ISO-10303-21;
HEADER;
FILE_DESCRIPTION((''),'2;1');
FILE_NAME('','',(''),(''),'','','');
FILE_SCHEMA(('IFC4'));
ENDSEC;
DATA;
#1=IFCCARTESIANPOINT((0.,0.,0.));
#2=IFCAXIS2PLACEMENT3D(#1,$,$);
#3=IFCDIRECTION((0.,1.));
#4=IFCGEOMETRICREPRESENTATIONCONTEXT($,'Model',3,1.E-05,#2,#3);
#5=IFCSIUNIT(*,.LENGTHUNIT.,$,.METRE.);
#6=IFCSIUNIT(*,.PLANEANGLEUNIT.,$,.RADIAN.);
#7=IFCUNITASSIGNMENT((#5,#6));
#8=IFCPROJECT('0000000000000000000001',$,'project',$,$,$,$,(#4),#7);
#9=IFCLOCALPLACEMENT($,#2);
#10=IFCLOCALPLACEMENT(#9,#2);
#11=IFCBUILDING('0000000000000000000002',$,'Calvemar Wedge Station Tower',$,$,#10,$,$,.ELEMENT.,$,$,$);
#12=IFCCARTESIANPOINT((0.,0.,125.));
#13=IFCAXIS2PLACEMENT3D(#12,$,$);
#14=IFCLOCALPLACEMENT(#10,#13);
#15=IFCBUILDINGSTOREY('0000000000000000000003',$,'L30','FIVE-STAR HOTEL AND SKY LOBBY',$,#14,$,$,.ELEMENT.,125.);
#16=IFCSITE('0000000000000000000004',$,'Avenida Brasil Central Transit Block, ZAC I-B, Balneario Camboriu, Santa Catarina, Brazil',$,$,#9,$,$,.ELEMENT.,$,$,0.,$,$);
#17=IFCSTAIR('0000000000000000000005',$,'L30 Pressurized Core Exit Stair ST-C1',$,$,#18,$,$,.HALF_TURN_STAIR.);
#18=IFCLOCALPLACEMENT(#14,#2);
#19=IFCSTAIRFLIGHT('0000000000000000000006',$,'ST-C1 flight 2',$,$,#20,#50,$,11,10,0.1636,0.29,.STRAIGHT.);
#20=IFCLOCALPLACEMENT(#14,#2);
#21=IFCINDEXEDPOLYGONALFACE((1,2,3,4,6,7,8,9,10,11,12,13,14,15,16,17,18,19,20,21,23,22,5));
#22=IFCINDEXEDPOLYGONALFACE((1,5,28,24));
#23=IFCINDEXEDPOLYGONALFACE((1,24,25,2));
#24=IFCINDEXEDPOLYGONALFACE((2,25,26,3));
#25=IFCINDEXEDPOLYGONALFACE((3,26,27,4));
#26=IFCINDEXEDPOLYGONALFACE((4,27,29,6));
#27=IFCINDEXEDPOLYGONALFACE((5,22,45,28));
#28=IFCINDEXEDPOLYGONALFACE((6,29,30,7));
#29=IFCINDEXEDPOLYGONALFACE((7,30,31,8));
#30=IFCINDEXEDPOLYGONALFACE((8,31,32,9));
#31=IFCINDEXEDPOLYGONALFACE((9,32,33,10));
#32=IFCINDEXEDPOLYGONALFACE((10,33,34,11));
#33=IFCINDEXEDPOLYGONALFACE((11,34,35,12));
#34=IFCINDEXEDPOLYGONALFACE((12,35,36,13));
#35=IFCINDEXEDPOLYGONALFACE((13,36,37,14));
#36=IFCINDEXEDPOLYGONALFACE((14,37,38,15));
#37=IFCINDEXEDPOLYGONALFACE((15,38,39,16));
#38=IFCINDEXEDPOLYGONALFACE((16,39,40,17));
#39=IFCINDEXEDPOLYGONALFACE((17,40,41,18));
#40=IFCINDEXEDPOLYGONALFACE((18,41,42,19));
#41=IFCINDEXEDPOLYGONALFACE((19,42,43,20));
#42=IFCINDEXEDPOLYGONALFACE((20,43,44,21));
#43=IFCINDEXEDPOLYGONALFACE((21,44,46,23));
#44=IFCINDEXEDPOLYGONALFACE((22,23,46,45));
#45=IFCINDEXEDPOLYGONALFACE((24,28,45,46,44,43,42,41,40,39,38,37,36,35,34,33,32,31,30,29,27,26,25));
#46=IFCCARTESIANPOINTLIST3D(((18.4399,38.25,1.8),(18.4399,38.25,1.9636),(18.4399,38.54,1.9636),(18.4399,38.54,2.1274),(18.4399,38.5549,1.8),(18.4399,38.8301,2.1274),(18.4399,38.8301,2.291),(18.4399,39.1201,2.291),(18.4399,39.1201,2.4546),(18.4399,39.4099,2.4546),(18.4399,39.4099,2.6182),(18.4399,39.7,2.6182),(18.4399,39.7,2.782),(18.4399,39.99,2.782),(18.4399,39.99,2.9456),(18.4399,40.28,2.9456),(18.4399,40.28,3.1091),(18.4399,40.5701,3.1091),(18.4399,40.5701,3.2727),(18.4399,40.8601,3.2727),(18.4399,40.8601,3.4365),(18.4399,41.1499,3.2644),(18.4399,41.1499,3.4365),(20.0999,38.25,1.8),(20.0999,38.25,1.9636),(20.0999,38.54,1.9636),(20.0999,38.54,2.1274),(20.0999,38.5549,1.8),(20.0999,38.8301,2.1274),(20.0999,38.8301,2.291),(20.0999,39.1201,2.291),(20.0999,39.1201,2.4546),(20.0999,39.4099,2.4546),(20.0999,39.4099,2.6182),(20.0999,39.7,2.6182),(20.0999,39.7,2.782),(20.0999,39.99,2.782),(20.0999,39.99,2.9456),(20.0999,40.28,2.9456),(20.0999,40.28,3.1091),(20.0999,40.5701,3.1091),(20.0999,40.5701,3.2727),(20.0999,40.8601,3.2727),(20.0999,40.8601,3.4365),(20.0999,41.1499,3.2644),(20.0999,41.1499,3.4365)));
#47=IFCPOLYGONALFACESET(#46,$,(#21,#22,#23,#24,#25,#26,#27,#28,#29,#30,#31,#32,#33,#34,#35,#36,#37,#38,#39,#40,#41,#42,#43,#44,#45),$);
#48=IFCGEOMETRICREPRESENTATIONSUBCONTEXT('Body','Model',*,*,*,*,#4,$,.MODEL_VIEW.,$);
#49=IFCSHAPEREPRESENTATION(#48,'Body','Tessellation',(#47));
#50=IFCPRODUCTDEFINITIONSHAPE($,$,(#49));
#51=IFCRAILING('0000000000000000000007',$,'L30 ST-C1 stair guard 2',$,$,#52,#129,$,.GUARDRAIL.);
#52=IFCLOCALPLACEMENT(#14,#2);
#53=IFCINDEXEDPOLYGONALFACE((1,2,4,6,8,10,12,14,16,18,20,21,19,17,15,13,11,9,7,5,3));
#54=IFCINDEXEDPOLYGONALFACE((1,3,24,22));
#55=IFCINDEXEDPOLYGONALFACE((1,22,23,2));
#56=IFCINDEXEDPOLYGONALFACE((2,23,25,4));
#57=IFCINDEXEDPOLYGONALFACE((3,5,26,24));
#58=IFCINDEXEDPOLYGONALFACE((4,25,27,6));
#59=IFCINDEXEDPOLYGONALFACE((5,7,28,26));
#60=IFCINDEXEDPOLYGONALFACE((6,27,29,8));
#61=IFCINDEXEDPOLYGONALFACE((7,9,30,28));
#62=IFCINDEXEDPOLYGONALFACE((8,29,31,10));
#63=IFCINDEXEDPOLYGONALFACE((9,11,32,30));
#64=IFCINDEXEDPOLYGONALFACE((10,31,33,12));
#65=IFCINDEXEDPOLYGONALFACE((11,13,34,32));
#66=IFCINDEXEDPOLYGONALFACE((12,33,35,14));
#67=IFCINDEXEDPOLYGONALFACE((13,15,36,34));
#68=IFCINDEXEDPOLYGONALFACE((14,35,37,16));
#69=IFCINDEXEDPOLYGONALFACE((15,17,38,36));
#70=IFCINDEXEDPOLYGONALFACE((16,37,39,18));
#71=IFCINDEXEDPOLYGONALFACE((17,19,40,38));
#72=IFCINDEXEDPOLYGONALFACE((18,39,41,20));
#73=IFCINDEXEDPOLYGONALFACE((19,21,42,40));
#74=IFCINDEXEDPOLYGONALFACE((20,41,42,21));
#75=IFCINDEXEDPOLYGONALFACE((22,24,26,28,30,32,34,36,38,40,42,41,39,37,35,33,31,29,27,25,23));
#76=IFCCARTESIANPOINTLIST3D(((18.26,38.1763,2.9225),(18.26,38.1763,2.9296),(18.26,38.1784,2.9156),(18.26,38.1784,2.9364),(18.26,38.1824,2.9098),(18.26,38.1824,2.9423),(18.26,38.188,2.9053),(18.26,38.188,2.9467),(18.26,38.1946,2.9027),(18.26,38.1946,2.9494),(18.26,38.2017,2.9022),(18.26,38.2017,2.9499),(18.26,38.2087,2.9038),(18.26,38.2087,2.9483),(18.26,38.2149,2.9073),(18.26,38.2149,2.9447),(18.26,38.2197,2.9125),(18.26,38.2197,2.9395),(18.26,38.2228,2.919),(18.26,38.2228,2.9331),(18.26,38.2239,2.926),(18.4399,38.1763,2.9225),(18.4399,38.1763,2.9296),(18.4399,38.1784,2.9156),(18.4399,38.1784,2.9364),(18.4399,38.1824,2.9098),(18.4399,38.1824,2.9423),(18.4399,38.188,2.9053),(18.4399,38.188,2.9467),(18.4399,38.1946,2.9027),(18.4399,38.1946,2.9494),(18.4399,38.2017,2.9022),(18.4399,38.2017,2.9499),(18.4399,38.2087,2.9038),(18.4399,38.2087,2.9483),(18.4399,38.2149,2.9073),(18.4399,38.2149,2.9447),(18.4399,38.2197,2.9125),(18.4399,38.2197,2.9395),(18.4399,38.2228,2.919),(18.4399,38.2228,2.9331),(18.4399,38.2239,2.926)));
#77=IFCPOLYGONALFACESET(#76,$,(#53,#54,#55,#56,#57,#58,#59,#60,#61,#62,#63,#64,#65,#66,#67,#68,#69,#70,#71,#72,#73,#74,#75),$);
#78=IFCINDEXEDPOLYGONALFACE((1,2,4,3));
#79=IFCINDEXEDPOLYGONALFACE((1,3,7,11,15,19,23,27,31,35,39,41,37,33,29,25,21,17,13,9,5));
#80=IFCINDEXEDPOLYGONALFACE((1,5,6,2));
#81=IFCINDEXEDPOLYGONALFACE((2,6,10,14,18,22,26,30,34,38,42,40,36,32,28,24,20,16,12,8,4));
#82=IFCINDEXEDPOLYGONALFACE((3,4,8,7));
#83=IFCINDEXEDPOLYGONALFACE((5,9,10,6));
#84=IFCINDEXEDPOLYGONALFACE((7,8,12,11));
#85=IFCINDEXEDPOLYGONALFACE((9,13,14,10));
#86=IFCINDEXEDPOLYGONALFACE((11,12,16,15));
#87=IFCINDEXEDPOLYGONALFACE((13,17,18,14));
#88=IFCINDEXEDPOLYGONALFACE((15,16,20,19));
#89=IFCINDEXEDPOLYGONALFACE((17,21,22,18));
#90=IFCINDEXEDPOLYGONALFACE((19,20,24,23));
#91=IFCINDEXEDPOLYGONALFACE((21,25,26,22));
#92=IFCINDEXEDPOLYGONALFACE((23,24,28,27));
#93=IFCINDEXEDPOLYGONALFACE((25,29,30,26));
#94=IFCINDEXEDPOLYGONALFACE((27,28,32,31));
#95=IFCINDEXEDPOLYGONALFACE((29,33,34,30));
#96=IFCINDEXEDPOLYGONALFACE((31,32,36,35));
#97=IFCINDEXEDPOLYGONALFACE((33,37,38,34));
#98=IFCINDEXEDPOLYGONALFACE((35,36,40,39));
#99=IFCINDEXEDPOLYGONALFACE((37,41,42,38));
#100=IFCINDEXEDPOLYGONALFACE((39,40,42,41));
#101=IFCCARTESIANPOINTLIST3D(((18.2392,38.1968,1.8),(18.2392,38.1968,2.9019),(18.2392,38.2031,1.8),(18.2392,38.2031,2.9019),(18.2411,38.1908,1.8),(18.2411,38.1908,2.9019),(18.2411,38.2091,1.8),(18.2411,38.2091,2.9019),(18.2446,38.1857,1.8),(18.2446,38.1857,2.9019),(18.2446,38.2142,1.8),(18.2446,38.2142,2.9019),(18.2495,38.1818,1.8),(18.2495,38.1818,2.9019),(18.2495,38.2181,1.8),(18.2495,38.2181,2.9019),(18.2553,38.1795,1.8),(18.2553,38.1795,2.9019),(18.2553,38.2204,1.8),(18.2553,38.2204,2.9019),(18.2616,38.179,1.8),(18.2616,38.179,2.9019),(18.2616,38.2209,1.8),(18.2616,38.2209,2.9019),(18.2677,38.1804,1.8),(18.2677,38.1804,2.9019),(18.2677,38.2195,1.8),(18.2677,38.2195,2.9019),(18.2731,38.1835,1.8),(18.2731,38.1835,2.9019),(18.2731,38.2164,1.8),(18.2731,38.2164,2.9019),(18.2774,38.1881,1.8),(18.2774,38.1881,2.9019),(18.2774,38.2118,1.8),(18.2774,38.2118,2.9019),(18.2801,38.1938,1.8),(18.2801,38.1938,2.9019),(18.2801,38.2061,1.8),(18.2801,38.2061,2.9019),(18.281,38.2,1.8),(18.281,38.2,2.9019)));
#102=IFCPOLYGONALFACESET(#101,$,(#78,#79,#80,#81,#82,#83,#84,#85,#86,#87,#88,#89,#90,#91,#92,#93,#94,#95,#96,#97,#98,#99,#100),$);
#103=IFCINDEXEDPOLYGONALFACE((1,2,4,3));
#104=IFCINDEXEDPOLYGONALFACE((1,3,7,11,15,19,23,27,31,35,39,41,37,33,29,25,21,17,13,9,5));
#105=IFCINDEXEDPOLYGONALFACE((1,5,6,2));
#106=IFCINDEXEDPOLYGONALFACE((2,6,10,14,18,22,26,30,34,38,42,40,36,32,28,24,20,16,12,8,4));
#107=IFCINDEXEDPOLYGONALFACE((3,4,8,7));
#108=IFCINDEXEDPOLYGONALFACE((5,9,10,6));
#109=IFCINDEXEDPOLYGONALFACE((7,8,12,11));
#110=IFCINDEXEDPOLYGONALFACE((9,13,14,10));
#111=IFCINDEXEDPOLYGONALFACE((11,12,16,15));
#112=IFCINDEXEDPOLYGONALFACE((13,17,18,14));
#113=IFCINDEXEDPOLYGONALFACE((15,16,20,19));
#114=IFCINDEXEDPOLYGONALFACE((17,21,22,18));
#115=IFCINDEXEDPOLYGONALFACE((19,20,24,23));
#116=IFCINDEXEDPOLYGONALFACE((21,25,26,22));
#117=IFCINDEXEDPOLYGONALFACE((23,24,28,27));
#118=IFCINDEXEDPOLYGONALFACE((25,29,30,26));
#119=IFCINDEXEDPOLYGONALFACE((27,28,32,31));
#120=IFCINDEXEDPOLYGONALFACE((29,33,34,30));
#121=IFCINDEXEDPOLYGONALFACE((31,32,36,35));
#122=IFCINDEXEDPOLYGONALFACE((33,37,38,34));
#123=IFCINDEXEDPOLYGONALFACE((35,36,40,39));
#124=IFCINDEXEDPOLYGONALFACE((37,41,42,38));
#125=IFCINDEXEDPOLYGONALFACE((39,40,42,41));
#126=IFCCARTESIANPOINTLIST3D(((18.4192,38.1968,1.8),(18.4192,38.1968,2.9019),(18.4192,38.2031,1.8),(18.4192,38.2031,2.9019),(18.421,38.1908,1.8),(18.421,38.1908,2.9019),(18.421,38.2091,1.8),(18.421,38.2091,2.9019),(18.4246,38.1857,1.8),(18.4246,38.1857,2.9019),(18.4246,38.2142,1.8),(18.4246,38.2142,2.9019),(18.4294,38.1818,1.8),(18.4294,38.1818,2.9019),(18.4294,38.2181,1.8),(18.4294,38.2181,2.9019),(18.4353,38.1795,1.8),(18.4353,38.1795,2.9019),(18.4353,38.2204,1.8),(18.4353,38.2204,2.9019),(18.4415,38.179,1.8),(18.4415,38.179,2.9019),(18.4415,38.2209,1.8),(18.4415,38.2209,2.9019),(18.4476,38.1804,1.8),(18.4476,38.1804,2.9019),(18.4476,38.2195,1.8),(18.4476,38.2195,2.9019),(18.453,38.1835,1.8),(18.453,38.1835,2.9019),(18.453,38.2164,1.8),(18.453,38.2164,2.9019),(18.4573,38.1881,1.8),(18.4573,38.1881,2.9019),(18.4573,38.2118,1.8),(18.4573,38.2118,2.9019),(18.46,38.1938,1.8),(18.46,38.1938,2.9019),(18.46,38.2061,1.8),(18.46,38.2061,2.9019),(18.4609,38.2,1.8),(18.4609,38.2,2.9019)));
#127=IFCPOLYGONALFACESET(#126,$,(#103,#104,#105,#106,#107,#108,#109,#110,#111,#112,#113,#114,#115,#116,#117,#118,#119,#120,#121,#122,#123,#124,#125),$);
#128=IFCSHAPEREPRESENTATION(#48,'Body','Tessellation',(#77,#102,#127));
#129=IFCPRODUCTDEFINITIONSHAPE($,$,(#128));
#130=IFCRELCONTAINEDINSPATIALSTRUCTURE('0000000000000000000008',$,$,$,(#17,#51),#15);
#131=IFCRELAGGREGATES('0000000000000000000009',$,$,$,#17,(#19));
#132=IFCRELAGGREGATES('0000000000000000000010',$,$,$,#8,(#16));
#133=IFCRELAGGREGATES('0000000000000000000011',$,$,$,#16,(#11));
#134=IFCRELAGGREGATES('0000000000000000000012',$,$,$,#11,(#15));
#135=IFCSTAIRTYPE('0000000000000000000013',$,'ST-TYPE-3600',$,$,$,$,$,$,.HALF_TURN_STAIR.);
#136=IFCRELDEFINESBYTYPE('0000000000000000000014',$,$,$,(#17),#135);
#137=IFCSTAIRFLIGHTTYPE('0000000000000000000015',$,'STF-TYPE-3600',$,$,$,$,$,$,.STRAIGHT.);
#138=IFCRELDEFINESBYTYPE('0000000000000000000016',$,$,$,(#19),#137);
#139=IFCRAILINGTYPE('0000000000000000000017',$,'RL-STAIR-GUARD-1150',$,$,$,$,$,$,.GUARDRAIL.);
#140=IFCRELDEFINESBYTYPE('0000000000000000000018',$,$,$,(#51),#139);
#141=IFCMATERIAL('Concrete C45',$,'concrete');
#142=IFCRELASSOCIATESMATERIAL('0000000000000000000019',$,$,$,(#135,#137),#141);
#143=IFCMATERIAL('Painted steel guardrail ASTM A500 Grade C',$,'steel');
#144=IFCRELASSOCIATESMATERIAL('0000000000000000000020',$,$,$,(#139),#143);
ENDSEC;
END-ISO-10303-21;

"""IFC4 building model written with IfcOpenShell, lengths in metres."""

from ifc_helpers import new_model, si_unit, direction, frame, origin, origin_2d, place, context, subcontext, project, spatial, polyline, circle, outline, extrude, material, type_object, element, aggregate, save


model = new_model("IFC4")

# Units and contexts
model_context = context("Model", 3, precision=1e-05, world=origin(), true_north=direction((0.0, 1.0)))
body_context = subcontext(model_context, "Body", "Model", "MODEL_VIEW")
ifc_project = project(units=[si_unit("LENGTHUNIT", "METRE"), si_unit("PLANEANGLEUNIT", "RADIAN")], contexts=[model_context])

# Site, building, storey
site_placement = place(None, origin())
site = spatial("IfcSite", under=ifc_project, at=site_placement, Name="Avenida Brasil Central Transit Block, ZAC I-B, Balneario Camboriu, Santa Catarina, Brazil", CompositionType="ELEMENT", RefElevation=0.0)
building_placement = place(site_placement, origin())
building = spatial("IfcBuilding", under=site, at=building_placement, Name="Calvemar Wedge Station Tower", CompositionType="ELEMENT")
storey_placement = place(building_placement, frame((0.0, 0.0, 125.0)))
storey = spatial("IfcBuildingStorey", under=building, at=storey_placement, Name="L30", Description="FIVE-STAR HOTEL AND SKY LOBBY", CompositionType="ELEMENT", Elevation=125.0)

# Stair, stair flight
ifc_material_1 = material(Name="Concrete C45", Category="concrete")
stair_type = type_object("IfcStairType", Name="ST-TYPE-3600", PredefinedType="HALF_TURN_STAIR", material=ifc_material_1)
stair_placement = place(storey_placement, origin())
stair = element("IfcStair", 1, at=stair_placement, inside=storey, type_object=stair_type, Name="L30 Pressurized Core Exit Stair ST-C1", PredefinedType="HALF_TURN_STAIR")
stair_flight_type = type_object("IfcStairFlightType", Name="STF-TYPE-3600", PredefinedType="STRAIGHT", material=ifc_material_1)
stair_flight_placement = place(storey_placement, frame((19.27, 38.25, 1.8), z_axis=(0.0, 0.0, 1.0), x_axis=(0.0, 1.0, 0.0)))
stair_flight = element("IfcStairFlight", 2, at=stair_flight_placement, type_object=stair_flight_type, Name="ST-C1 flight 2", NumberOfRisers=11, NumberOfTreads=10, PredefinedType="STRAIGHT", RiserHeight=0.1636, TreadLength=0.29, context=body_context, shape_type="SweptSolid", body=[
    extrude(outline(polyline([(0.0, 0.0), (0.0, 0.1636), (0.29, 0.1636), (0.29, 0.3274), (0.5801, 0.3274), (0.5801, 0.491), (0.8701, 0.491), (0.8701, 0.6545), (1.1599, 0.6545), (1.1599, 0.8181), (1.45, 0.8181), (1.45, 0.9819), (1.74, 0.9819), (1.74, 1.1455), (2.03, 1.1455), (2.03, 1.3091), (2.3201, 1.3091), (2.3201, 1.4727), (2.6101, 1.4727), (2.6101, 1.6365), (2.8999, 1.6365), (2.8999, 1.8), (2.8999, 1.4644), (0.3049, 0.0), (0.0, 0.0)])), frame((0.0, 0.8301, 0.0), z_axis=(0.0, -1.0, 0.0), x_axis=(1.0, 0.0, 0.0)), (0.0, 0.0, 1.0), 1.6599),
])
aggregate(stair, [stair_flight])

# Railing
ifc_material_2 = material(Name="Painted steel guardrail ASTM A500 Grade C", Category="steel")
railing_type = type_object("IfcRailingType", Name="RL-STAIR-GUARD-1150", PredefinedType="GUARDRAIL", material=ifc_material_2)
railing_1_placement = place(storey_placement, frame((18.26, 38.2, 1.8)))
element("IfcRailing", 3, at=railing_1_placement, inside=storey, type_object=railing_type, Name="L30 ST-C1 stair guard 2", PredefinedType="GUARDRAIL", context=body_context, shape_type="SweptSolid", body=[
    extrude(circle(Radius=0.0239, at=origin_2d()), frame((0.0, 0.0, 1.126), z_axis=(1.0, 0.0, 0.0), x_axis=(0.0, 1.0, 0.0)), (0.0, 0.0, 1.0), 0.1799),
    extrude(circle(Radius=0.021, at=origin_2d()), origin(), (0.0, 0.0, 1.0), 1.1018),
    extrude(circle(Radius=0.021, at=origin_2d()), frame((0.1799, 0.0, 0.0)), (0.0, 0.0, 1.0), 1.1018),
])

save(model, "model.ifc")
